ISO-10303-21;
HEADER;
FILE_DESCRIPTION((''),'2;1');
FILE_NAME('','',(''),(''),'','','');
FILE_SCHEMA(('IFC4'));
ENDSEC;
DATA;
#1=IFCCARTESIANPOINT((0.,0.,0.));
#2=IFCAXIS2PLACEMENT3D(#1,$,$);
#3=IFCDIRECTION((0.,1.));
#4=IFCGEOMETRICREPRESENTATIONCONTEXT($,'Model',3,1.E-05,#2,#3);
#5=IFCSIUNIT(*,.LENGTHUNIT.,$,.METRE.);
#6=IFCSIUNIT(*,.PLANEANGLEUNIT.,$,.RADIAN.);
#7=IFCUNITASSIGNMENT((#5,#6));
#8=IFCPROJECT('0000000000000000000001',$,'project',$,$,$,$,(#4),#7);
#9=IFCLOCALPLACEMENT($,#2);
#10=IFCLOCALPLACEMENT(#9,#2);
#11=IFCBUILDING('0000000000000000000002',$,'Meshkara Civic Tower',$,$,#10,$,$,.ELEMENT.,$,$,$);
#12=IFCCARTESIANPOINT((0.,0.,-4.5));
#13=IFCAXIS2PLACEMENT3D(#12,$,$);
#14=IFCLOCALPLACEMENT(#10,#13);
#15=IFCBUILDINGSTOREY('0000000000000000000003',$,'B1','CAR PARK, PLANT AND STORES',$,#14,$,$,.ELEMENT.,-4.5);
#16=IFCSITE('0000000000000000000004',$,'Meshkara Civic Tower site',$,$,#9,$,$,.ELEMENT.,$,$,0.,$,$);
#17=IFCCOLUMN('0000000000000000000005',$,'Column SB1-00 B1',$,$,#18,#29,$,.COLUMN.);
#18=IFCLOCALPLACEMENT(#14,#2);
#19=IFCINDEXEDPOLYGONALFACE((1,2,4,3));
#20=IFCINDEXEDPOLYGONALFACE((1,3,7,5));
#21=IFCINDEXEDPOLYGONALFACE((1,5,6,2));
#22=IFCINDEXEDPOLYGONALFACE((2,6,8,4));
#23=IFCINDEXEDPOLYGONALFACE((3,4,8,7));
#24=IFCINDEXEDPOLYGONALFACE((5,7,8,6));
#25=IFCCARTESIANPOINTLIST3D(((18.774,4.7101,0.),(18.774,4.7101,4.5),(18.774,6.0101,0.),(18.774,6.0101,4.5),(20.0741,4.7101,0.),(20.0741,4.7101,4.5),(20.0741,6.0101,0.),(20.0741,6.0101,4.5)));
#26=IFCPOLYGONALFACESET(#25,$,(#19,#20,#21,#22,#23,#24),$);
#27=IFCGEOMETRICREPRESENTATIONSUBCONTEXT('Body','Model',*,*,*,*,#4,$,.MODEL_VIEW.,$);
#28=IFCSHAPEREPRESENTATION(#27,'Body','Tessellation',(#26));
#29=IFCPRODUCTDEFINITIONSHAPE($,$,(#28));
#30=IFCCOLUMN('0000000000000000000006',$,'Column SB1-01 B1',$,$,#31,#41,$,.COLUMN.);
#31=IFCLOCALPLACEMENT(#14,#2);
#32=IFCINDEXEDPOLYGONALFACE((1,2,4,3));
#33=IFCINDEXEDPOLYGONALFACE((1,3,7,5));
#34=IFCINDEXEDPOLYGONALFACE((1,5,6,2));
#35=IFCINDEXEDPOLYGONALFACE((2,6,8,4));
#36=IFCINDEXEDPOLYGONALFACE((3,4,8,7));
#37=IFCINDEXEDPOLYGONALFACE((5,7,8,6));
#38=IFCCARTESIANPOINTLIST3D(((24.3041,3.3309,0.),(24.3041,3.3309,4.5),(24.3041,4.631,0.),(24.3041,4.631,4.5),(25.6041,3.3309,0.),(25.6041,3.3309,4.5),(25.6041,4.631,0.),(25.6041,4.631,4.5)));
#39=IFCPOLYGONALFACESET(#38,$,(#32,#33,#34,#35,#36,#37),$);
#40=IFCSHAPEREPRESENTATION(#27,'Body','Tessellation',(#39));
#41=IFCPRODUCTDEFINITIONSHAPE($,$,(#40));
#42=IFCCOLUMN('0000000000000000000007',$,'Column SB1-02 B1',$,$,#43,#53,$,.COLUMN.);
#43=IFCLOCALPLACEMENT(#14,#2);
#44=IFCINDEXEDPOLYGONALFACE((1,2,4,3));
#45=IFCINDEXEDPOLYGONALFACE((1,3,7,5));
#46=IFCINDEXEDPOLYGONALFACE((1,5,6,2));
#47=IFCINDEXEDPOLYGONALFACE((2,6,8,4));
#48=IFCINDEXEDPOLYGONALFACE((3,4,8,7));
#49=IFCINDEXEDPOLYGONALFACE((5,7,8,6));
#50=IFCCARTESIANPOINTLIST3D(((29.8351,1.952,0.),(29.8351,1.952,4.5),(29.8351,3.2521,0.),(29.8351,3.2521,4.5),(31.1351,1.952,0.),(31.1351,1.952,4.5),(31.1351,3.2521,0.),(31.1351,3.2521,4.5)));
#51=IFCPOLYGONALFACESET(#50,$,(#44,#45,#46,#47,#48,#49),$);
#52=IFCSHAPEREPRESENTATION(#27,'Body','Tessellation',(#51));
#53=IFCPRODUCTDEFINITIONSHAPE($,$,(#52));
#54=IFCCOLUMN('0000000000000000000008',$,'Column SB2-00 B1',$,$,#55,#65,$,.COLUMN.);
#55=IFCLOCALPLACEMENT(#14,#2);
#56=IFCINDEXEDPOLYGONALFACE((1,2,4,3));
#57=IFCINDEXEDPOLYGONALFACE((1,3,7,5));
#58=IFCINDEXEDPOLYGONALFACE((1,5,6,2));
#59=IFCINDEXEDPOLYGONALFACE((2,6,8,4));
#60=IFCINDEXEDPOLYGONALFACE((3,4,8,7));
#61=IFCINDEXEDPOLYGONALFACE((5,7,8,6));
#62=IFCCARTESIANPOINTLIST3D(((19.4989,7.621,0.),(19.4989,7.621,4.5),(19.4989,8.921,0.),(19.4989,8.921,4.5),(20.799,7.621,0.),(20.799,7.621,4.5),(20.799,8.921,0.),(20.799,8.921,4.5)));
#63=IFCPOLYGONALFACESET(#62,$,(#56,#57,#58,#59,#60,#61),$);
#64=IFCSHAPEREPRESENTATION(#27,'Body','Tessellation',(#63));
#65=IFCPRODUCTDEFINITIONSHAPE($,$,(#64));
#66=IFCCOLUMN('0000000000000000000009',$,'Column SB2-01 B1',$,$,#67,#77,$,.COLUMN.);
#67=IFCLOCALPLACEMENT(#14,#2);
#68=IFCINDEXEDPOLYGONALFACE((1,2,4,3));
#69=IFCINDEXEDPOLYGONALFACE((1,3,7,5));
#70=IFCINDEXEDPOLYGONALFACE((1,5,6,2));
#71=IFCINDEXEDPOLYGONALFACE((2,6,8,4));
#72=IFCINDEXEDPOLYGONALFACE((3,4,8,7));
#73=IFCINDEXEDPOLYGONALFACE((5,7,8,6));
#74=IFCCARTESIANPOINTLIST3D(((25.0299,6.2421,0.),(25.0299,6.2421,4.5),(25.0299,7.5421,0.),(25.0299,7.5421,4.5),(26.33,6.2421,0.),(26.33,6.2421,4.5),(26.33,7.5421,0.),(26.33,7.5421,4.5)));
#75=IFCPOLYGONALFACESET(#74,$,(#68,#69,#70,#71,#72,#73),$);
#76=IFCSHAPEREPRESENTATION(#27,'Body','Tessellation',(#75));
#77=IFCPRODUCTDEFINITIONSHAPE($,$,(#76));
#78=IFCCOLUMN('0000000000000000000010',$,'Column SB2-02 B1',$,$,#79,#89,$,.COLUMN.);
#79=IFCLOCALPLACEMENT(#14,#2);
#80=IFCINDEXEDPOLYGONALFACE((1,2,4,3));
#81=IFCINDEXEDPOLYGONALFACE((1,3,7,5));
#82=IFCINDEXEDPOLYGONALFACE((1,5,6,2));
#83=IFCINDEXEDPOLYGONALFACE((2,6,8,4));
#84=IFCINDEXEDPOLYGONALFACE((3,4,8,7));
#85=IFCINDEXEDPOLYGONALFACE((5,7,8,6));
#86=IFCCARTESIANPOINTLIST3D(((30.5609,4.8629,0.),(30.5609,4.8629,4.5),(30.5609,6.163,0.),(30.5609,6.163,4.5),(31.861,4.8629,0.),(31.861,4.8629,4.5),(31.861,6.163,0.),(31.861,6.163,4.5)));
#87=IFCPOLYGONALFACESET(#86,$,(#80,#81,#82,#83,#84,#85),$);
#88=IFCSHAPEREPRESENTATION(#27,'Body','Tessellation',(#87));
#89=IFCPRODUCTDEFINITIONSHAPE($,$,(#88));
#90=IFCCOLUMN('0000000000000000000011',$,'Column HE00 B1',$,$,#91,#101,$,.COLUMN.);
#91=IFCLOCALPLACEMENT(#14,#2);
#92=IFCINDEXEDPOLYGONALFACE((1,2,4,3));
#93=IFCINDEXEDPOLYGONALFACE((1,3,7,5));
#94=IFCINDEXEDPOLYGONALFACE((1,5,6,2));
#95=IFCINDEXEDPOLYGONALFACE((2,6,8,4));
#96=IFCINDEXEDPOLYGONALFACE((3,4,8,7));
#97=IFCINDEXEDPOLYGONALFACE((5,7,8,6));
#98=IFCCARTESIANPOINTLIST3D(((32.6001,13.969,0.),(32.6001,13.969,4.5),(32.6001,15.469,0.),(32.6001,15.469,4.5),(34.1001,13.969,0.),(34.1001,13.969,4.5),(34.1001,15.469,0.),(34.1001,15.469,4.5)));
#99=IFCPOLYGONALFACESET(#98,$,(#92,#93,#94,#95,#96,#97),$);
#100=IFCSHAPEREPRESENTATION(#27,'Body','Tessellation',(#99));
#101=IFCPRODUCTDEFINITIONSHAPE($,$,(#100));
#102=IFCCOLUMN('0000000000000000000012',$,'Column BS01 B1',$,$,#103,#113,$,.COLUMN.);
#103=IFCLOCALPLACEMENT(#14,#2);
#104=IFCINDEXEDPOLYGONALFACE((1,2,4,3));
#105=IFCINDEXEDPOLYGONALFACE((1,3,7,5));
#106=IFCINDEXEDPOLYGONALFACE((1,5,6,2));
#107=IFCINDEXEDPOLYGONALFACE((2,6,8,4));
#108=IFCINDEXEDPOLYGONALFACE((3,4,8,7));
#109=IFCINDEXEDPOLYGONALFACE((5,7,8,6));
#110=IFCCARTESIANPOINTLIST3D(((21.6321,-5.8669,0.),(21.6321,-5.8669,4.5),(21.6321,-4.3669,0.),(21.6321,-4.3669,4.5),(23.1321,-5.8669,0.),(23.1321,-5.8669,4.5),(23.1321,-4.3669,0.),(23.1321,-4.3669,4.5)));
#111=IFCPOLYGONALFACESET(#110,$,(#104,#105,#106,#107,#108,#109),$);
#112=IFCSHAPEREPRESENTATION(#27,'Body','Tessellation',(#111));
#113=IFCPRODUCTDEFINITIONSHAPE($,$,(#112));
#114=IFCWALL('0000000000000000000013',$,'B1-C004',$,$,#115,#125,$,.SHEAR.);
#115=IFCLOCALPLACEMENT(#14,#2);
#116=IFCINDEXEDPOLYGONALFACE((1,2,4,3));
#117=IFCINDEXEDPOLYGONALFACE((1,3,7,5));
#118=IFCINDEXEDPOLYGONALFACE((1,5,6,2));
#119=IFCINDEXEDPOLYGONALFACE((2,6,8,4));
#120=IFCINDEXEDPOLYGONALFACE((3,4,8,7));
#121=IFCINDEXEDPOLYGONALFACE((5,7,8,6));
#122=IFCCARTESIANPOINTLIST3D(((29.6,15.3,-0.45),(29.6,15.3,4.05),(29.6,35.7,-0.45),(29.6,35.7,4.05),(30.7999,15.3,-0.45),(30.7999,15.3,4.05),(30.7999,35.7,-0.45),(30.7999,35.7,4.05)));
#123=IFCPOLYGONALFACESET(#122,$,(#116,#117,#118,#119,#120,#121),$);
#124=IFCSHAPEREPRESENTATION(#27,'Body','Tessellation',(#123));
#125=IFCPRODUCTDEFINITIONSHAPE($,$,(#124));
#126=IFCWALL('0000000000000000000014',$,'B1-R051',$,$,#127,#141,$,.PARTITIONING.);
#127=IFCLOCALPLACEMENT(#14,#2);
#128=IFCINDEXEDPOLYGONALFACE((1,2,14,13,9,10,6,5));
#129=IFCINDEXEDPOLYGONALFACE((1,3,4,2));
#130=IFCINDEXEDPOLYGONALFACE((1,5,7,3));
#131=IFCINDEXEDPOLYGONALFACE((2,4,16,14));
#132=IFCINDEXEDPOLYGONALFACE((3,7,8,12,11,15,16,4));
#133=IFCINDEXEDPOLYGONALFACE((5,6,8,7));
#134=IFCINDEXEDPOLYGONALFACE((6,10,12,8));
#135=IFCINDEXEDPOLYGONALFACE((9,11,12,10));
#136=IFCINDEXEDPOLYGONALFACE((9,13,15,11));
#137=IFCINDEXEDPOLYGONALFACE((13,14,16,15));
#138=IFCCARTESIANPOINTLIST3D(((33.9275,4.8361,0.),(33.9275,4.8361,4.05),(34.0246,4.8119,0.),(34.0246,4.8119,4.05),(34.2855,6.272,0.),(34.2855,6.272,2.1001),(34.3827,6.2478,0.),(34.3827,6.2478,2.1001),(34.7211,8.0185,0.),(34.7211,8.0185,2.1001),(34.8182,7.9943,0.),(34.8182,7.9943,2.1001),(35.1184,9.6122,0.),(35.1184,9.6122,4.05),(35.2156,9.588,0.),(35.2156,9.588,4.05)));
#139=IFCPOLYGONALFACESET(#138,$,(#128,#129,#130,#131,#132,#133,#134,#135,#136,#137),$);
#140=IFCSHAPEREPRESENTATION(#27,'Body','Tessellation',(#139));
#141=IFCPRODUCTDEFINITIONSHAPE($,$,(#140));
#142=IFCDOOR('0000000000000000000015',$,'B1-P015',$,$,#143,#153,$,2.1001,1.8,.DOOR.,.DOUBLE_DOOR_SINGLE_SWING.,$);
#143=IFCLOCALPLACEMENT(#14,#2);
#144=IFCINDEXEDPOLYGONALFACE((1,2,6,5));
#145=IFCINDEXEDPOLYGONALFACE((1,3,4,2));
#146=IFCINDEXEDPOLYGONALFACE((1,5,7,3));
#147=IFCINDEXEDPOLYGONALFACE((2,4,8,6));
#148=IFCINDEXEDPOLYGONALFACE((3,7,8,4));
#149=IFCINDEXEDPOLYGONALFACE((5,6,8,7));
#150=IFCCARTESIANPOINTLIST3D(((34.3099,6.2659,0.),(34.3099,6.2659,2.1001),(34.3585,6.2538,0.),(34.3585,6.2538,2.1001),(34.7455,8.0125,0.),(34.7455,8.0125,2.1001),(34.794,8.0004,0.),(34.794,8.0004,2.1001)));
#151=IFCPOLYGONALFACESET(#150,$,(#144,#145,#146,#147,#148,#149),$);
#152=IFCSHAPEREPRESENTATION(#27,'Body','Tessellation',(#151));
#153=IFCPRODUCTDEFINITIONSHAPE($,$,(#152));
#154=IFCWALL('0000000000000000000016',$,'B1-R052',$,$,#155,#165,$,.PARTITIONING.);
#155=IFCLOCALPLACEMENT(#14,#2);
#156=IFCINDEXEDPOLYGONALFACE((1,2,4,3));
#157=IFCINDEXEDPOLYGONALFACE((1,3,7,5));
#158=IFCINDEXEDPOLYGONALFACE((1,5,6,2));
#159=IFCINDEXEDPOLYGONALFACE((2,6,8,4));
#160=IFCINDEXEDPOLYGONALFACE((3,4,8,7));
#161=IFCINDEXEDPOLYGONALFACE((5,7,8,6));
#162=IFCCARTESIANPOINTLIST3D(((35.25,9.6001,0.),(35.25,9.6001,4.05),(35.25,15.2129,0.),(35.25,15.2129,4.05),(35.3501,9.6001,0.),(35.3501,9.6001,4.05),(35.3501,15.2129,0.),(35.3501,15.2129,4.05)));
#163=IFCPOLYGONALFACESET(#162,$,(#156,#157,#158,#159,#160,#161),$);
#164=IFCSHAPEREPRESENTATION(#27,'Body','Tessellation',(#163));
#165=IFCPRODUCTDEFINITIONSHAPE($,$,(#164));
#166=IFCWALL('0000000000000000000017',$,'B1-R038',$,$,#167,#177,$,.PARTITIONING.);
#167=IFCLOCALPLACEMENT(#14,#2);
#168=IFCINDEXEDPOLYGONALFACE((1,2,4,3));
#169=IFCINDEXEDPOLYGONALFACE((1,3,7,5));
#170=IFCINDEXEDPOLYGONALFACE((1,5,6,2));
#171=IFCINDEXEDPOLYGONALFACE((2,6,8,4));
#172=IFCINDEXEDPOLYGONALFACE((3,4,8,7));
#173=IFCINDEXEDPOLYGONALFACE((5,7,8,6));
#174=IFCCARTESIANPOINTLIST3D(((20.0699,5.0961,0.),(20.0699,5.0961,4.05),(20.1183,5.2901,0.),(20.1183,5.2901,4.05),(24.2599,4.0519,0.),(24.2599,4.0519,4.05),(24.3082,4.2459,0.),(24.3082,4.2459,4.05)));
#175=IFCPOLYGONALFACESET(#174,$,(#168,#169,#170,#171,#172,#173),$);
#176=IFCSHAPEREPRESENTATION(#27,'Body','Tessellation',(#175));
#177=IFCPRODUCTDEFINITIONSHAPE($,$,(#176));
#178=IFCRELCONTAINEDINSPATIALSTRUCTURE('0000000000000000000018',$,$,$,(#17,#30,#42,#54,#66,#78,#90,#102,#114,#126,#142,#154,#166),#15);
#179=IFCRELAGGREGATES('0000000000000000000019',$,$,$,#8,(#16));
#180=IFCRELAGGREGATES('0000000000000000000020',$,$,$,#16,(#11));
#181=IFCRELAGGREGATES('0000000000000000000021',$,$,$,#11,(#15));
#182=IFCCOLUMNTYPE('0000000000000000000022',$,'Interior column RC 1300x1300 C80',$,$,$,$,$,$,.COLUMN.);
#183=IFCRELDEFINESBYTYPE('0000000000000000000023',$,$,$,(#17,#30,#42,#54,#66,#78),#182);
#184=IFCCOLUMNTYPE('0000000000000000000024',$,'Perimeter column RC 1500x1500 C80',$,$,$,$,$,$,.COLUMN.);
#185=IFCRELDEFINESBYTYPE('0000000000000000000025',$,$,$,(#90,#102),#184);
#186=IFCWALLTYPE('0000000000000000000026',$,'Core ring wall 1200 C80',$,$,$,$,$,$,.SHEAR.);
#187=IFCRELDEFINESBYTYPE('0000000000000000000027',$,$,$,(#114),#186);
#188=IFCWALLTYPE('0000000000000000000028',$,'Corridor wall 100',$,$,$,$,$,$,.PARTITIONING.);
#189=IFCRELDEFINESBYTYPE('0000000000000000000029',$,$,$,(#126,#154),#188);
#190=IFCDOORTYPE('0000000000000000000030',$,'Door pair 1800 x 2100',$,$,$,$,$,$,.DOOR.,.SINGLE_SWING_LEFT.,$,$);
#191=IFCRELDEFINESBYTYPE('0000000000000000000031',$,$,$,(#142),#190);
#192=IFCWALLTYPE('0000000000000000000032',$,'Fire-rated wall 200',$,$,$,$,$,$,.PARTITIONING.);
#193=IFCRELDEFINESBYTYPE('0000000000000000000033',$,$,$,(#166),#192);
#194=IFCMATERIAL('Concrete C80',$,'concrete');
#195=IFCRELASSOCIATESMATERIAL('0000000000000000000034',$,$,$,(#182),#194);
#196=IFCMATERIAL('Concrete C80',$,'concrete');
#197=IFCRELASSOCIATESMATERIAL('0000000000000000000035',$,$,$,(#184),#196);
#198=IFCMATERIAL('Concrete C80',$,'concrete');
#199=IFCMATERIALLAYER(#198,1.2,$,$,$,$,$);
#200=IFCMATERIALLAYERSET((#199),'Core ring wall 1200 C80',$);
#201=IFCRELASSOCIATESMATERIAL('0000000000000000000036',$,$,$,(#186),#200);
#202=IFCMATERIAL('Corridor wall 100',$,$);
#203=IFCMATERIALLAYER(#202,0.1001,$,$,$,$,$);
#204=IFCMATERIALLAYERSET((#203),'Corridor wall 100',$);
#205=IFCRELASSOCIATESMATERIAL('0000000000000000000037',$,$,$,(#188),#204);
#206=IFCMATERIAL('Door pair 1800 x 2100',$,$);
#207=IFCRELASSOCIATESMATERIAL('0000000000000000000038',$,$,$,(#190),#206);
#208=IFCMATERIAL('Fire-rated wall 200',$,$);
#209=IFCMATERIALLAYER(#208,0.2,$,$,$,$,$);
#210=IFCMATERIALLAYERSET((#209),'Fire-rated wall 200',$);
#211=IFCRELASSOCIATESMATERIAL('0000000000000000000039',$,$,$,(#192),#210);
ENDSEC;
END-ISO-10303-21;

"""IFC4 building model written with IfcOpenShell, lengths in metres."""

from ifc_helpers import new_model, si_unit, direction, frame, frame_2d, origin, origin_2d, place, context, subcontext, project, spatial, rectangle, extrude, material, layer, layer_set, material_profile, profile_set, type_object, element, fill, save


model = new_model("IFC4")

# Units and contexts
model_context = context("Model", 3, precision=1e-05, world=origin(), true_north=direction((0.0, 1.0)))
body_context = subcontext(model_context, "Body", "Model", "MODEL_VIEW")
ifc_project = project(units=[si_unit("LENGTHUNIT", "METRE"), si_unit("PLANEANGLEUNIT", "RADIAN")], contexts=[model_context])

# Site, building, storey
site_placement = place(None, origin())
site = spatial("IfcSite", under=ifc_project, at=site_placement, Name="Meshkara Civic Tower site", CompositionType="ELEMENT", RefElevation=0.0)
building_placement = place(site_placement, origin())
building = spatial("IfcBuilding", under=site, at=building_placement, Name="Meshkara Civic Tower", CompositionType="ELEMENT")
storey_placement = place(building_placement, frame((0.0, 0.0, -4.5)))
storey = spatial("IfcBuildingStorey", under=building, at=storey_placement, Name="B1", Description="CAR PARK, PLANT AND STORES", CompositionType="ELEMENT", Elevation=-4.5)

# Columns
ifc_material_1 = material(Name="Concrete C80", Category="concrete")
ifc_material_profile_1 = material_profile(ifc_material_1, rectangle(XDim=1.3, YDim=1.3, at=origin_2d()))
ifc_profile_set_1 = profile_set([ifc_material_profile_1], Name="Concrete C80")
column_type_1 = type_object("IfcColumnType", Name="Interior column RC 1300x1300 C80", PredefinedType="COLUMN", material=ifc_profile_set_1)
for number, where, z_axis, x_axis, name in (
    (1, (19.4241, 5.3601, 0.0), (0.0, 0.0, 1.0), (1.0, 0.0, 0.0), "Column SB1-00 B1"),
    (2, (24.9541, 3.981, 0.0), (0.0, 0.0, 1.0), (1.0, 0.0, 0.0), "Column SB1-01 B1"),
    (3, (30.4851, 2.6021, 0.0), (0.0, 0.0, 1.0), (1.0, 0.0, 0.0), "Column SB1-02 B1"),
    (4, (20.1489, 8.271, 0.0), (0.0, 0.0, 1.0), (1.0, 0.0, 0.0), "Column SB2-00 B1"),
    (5, (25.6799, 6.8921, 0.0), (0.0, 0.0, 1.0), (1.0, 0.0, 0.0), "Column SB2-01 B1"),
    (6, (31.2109, 5.5129, 0.0), (0.0, 0.0, 1.0), (1.0, 0.0, 0.0), "Column SB2-02 B1"),
):
    element("IfcColumn", number, at=place(storey_placement, frame(where, z_axis=z_axis, x_axis=x_axis)), inside=storey, type_object=column_type_1, Name=name, PredefinedType="COLUMN", context=body_context, shape_type="SweptSolid", body=[
        extrude(rectangle(XDim=1.3, YDim=1.3, at=origin_2d()), origin(), (0.0, 0.0, 1.0), 4.5),
    ])
ifc_material_2 = material(Name="Concrete C80", Category="concrete")
ifc_material_profile_2 = material_profile(ifc_material_2, rectangle(XDim=1.5, YDim=1.5, at=origin_2d()))
ifc_profile_set_2 = profile_set([ifc_material_profile_2], Name="Concrete C80")
column_type_2 = type_object("IfcColumnType", Name="Perimeter column RC 1500x1500 C80", PredefinedType="COLUMN", material=ifc_profile_set_2)
for number, where, z_axis, x_axis, name in (
    (7, (33.3501, 14.719, 0.0), (0.0, 0.0, 1.0), (1.0, 0.0, 0.0), "Column HE00 B1"),
    (8, (22.3821, -5.1169, 0.0), (0.0, 0.0, 1.0), (1.0, 0.0, 0.0), "Column BS01 B1"),
):
    element("IfcColumn", number, at=place(storey_placement, frame(where, z_axis=z_axis, x_axis=x_axis)), inside=storey, type_object=column_type_2, Name=name, PredefinedType="COLUMN", context=body_context, shape_type="SweptSolid", body=[
        extrude(rectangle(XDim=1.5, YDim=1.5, at=origin_2d()), origin(), (0.0, 0.0, 1.0), 4.5),
    ])

# Wall
ifc_material_3 = material(Name="Concrete C80", Category="concrete")
ifc_layer_1 = layer(ifc_material_3, 1.2)
ifc_layer_set_1 = layer_set([ifc_layer_1], Name="Core ring wall 1200 C80")
wall_type_1 = type_object("IfcWallType", Name="Core ring wall 1200 C80", PredefinedType="SHEAR", material=ifc_layer_set_1)
wall_1_placement = place(storey_placement, frame((30.2, 15.3, -0.45), z_axis=(0.0, 0.0, 1.0), x_axis=(0.0, 1.0, 0.0)))
element("IfcWall", 9, at=wall_1_placement, inside=storey, type_object=wall_type_1, Name="B1-C004", PredefinedType="SHEAR", context=body_context, shape_type="SweptSolid", body=[
    extrude(rectangle(XDim=20.3999, YDim=1.2, at=frame_2d((10.2, 0.0))), origin(), (0.0, 0.0, 1.0), 4.5),
])

# Wall, opening, door
ifc_material_4 = material(Name="Corridor wall 100")
ifc_layer_2 = layer(ifc_material_4, 0.1001)
ifc_layer_set_2 = layer_set([ifc_layer_2], Name="Corridor wall 100")
wall_type_2 = type_object("IfcWallType", Name="Corridor wall 100", PredefinedType="PARTITIONING", material=ifc_layer_set_2)
wall_2_placement = place(storey_placement, frame((33.9761, 4.824, 0.0), z_axis=(0.0, 0.0, 1.0), x_axis=(0.24194, 0.970291, 0.0)))
wall_2 = element("IfcWall", 10, at=wall_2_placement, inside=storey, type_object=wall_type_2, Name="B1-R051", PredefinedType="PARTITIONING", context=body_context, shape_type="SweptSolid", body=[
    extrude(rectangle(XDim=4.9224, YDim=0.1001, at=frame_2d((2.4612, 0.0))), origin(), (0.0, 0.0, 1.0), 4.05),
])
opening_1_placement = place(wall_2_placement, frame((1.48, 0.0, 0.0)))
opening_1 = element("IfcOpeningElement", 11, at=opening_1_placement, cuts=wall_2, PredefinedType="OPENING", context=body_context, shape_type="SweptSolid", body=[
    extrude(rectangle(XDim=1.8, YDim=2.1001, at=frame_2d((0.8999, 1.05))), frame((0.0, 0.0601, 0.0), z_axis=(0.0, -1.0, 0.0), x_axis=(1.0, 0.0, 0.0)), (0.0, 0.0, 1.0), 0.1201),
])
ifc_material_5 = material(Name="Door pair 1800 x 2100")
door_type_1 = type_object("IfcDoorType", Name="Door pair 1800 x 2100", OperationType="SINGLE_SWING_LEFT", PredefinedType="DOOR", material=ifc_material_5)
door_1_placement = place(opening_1_placement, origin())
door_1 = element("IfcDoor", 12, at=door_1_placement, inside=storey, type_object=door_type_1, Name="B1-P015", OperationType="DOUBLE_DOOR_SINGLE_SWING", OverallHeight=2.1001, OverallWidth=1.8, PredefinedType="DOOR", context=body_context, shape_type="SweptSolid", body=[
    extrude(rectangle(XDim=1.8, YDim=2.1001, at=frame_2d((0.8999, 1.05))), frame((0.0, 0.0249, 0.0), z_axis=(0.0, -1.0, 0.0), x_axis=(1.0, 0.0, 0.0)), (0.0, 0.0, 1.0), 0.05),
])
fill(opening_1, door_1)

# Walls
wall_3_placement = place(storey_placement, frame((35.3, 9.6001, 0.0), z_axis=(0.0, 0.0, 1.0), x_axis=(0.0, 1.0, 0.0)))
element("IfcWall", 13, at=wall_3_placement, inside=storey, type_object=wall_type_2, Name="B1-R052", PredefinedType="PARTITIONING", context=body_context, shape_type="SweptSolid", body=[
    extrude(rectangle(XDim=5.6128, YDim=0.1001, at=frame_2d((2.8064, 0.0))), origin(), (0.0, 0.0, 1.0), 4.05),
])
ifc_material_6 = material(Name="Fire-rated wall 200")
ifc_layer_3 = layer(ifc_material_6, 0.2)
ifc_layer_set_3 = layer_set([ifc_layer_3], Name="Fire-rated wall 200")
wall_type_3 = type_object("IfcWallType", Name="Fire-rated wall 200", PredefinedType="PARTITIONING", material=ifc_layer_set_3)
wall_4_placement = place(storey_placement, frame((20.094, 5.1931, 0.0), z_axis=(0.0, 0.0, 1.0), x_axis=(0.970322, -0.241817, 0.0)))
element("IfcWall", 14, at=wall_4_placement, inside=storey, type_object=wall_type_3, Name="B1-R038", PredefinedType="PARTITIONING", context=body_context, shape_type="SweptSolid", body=[
    extrude(rectangle(XDim=4.3181, YDim=0.2, at=frame_2d((2.1592, 0.0))), origin(), (0.0, 0.0, 1.0), 4.05),
])

save(model, "model.ifc")
